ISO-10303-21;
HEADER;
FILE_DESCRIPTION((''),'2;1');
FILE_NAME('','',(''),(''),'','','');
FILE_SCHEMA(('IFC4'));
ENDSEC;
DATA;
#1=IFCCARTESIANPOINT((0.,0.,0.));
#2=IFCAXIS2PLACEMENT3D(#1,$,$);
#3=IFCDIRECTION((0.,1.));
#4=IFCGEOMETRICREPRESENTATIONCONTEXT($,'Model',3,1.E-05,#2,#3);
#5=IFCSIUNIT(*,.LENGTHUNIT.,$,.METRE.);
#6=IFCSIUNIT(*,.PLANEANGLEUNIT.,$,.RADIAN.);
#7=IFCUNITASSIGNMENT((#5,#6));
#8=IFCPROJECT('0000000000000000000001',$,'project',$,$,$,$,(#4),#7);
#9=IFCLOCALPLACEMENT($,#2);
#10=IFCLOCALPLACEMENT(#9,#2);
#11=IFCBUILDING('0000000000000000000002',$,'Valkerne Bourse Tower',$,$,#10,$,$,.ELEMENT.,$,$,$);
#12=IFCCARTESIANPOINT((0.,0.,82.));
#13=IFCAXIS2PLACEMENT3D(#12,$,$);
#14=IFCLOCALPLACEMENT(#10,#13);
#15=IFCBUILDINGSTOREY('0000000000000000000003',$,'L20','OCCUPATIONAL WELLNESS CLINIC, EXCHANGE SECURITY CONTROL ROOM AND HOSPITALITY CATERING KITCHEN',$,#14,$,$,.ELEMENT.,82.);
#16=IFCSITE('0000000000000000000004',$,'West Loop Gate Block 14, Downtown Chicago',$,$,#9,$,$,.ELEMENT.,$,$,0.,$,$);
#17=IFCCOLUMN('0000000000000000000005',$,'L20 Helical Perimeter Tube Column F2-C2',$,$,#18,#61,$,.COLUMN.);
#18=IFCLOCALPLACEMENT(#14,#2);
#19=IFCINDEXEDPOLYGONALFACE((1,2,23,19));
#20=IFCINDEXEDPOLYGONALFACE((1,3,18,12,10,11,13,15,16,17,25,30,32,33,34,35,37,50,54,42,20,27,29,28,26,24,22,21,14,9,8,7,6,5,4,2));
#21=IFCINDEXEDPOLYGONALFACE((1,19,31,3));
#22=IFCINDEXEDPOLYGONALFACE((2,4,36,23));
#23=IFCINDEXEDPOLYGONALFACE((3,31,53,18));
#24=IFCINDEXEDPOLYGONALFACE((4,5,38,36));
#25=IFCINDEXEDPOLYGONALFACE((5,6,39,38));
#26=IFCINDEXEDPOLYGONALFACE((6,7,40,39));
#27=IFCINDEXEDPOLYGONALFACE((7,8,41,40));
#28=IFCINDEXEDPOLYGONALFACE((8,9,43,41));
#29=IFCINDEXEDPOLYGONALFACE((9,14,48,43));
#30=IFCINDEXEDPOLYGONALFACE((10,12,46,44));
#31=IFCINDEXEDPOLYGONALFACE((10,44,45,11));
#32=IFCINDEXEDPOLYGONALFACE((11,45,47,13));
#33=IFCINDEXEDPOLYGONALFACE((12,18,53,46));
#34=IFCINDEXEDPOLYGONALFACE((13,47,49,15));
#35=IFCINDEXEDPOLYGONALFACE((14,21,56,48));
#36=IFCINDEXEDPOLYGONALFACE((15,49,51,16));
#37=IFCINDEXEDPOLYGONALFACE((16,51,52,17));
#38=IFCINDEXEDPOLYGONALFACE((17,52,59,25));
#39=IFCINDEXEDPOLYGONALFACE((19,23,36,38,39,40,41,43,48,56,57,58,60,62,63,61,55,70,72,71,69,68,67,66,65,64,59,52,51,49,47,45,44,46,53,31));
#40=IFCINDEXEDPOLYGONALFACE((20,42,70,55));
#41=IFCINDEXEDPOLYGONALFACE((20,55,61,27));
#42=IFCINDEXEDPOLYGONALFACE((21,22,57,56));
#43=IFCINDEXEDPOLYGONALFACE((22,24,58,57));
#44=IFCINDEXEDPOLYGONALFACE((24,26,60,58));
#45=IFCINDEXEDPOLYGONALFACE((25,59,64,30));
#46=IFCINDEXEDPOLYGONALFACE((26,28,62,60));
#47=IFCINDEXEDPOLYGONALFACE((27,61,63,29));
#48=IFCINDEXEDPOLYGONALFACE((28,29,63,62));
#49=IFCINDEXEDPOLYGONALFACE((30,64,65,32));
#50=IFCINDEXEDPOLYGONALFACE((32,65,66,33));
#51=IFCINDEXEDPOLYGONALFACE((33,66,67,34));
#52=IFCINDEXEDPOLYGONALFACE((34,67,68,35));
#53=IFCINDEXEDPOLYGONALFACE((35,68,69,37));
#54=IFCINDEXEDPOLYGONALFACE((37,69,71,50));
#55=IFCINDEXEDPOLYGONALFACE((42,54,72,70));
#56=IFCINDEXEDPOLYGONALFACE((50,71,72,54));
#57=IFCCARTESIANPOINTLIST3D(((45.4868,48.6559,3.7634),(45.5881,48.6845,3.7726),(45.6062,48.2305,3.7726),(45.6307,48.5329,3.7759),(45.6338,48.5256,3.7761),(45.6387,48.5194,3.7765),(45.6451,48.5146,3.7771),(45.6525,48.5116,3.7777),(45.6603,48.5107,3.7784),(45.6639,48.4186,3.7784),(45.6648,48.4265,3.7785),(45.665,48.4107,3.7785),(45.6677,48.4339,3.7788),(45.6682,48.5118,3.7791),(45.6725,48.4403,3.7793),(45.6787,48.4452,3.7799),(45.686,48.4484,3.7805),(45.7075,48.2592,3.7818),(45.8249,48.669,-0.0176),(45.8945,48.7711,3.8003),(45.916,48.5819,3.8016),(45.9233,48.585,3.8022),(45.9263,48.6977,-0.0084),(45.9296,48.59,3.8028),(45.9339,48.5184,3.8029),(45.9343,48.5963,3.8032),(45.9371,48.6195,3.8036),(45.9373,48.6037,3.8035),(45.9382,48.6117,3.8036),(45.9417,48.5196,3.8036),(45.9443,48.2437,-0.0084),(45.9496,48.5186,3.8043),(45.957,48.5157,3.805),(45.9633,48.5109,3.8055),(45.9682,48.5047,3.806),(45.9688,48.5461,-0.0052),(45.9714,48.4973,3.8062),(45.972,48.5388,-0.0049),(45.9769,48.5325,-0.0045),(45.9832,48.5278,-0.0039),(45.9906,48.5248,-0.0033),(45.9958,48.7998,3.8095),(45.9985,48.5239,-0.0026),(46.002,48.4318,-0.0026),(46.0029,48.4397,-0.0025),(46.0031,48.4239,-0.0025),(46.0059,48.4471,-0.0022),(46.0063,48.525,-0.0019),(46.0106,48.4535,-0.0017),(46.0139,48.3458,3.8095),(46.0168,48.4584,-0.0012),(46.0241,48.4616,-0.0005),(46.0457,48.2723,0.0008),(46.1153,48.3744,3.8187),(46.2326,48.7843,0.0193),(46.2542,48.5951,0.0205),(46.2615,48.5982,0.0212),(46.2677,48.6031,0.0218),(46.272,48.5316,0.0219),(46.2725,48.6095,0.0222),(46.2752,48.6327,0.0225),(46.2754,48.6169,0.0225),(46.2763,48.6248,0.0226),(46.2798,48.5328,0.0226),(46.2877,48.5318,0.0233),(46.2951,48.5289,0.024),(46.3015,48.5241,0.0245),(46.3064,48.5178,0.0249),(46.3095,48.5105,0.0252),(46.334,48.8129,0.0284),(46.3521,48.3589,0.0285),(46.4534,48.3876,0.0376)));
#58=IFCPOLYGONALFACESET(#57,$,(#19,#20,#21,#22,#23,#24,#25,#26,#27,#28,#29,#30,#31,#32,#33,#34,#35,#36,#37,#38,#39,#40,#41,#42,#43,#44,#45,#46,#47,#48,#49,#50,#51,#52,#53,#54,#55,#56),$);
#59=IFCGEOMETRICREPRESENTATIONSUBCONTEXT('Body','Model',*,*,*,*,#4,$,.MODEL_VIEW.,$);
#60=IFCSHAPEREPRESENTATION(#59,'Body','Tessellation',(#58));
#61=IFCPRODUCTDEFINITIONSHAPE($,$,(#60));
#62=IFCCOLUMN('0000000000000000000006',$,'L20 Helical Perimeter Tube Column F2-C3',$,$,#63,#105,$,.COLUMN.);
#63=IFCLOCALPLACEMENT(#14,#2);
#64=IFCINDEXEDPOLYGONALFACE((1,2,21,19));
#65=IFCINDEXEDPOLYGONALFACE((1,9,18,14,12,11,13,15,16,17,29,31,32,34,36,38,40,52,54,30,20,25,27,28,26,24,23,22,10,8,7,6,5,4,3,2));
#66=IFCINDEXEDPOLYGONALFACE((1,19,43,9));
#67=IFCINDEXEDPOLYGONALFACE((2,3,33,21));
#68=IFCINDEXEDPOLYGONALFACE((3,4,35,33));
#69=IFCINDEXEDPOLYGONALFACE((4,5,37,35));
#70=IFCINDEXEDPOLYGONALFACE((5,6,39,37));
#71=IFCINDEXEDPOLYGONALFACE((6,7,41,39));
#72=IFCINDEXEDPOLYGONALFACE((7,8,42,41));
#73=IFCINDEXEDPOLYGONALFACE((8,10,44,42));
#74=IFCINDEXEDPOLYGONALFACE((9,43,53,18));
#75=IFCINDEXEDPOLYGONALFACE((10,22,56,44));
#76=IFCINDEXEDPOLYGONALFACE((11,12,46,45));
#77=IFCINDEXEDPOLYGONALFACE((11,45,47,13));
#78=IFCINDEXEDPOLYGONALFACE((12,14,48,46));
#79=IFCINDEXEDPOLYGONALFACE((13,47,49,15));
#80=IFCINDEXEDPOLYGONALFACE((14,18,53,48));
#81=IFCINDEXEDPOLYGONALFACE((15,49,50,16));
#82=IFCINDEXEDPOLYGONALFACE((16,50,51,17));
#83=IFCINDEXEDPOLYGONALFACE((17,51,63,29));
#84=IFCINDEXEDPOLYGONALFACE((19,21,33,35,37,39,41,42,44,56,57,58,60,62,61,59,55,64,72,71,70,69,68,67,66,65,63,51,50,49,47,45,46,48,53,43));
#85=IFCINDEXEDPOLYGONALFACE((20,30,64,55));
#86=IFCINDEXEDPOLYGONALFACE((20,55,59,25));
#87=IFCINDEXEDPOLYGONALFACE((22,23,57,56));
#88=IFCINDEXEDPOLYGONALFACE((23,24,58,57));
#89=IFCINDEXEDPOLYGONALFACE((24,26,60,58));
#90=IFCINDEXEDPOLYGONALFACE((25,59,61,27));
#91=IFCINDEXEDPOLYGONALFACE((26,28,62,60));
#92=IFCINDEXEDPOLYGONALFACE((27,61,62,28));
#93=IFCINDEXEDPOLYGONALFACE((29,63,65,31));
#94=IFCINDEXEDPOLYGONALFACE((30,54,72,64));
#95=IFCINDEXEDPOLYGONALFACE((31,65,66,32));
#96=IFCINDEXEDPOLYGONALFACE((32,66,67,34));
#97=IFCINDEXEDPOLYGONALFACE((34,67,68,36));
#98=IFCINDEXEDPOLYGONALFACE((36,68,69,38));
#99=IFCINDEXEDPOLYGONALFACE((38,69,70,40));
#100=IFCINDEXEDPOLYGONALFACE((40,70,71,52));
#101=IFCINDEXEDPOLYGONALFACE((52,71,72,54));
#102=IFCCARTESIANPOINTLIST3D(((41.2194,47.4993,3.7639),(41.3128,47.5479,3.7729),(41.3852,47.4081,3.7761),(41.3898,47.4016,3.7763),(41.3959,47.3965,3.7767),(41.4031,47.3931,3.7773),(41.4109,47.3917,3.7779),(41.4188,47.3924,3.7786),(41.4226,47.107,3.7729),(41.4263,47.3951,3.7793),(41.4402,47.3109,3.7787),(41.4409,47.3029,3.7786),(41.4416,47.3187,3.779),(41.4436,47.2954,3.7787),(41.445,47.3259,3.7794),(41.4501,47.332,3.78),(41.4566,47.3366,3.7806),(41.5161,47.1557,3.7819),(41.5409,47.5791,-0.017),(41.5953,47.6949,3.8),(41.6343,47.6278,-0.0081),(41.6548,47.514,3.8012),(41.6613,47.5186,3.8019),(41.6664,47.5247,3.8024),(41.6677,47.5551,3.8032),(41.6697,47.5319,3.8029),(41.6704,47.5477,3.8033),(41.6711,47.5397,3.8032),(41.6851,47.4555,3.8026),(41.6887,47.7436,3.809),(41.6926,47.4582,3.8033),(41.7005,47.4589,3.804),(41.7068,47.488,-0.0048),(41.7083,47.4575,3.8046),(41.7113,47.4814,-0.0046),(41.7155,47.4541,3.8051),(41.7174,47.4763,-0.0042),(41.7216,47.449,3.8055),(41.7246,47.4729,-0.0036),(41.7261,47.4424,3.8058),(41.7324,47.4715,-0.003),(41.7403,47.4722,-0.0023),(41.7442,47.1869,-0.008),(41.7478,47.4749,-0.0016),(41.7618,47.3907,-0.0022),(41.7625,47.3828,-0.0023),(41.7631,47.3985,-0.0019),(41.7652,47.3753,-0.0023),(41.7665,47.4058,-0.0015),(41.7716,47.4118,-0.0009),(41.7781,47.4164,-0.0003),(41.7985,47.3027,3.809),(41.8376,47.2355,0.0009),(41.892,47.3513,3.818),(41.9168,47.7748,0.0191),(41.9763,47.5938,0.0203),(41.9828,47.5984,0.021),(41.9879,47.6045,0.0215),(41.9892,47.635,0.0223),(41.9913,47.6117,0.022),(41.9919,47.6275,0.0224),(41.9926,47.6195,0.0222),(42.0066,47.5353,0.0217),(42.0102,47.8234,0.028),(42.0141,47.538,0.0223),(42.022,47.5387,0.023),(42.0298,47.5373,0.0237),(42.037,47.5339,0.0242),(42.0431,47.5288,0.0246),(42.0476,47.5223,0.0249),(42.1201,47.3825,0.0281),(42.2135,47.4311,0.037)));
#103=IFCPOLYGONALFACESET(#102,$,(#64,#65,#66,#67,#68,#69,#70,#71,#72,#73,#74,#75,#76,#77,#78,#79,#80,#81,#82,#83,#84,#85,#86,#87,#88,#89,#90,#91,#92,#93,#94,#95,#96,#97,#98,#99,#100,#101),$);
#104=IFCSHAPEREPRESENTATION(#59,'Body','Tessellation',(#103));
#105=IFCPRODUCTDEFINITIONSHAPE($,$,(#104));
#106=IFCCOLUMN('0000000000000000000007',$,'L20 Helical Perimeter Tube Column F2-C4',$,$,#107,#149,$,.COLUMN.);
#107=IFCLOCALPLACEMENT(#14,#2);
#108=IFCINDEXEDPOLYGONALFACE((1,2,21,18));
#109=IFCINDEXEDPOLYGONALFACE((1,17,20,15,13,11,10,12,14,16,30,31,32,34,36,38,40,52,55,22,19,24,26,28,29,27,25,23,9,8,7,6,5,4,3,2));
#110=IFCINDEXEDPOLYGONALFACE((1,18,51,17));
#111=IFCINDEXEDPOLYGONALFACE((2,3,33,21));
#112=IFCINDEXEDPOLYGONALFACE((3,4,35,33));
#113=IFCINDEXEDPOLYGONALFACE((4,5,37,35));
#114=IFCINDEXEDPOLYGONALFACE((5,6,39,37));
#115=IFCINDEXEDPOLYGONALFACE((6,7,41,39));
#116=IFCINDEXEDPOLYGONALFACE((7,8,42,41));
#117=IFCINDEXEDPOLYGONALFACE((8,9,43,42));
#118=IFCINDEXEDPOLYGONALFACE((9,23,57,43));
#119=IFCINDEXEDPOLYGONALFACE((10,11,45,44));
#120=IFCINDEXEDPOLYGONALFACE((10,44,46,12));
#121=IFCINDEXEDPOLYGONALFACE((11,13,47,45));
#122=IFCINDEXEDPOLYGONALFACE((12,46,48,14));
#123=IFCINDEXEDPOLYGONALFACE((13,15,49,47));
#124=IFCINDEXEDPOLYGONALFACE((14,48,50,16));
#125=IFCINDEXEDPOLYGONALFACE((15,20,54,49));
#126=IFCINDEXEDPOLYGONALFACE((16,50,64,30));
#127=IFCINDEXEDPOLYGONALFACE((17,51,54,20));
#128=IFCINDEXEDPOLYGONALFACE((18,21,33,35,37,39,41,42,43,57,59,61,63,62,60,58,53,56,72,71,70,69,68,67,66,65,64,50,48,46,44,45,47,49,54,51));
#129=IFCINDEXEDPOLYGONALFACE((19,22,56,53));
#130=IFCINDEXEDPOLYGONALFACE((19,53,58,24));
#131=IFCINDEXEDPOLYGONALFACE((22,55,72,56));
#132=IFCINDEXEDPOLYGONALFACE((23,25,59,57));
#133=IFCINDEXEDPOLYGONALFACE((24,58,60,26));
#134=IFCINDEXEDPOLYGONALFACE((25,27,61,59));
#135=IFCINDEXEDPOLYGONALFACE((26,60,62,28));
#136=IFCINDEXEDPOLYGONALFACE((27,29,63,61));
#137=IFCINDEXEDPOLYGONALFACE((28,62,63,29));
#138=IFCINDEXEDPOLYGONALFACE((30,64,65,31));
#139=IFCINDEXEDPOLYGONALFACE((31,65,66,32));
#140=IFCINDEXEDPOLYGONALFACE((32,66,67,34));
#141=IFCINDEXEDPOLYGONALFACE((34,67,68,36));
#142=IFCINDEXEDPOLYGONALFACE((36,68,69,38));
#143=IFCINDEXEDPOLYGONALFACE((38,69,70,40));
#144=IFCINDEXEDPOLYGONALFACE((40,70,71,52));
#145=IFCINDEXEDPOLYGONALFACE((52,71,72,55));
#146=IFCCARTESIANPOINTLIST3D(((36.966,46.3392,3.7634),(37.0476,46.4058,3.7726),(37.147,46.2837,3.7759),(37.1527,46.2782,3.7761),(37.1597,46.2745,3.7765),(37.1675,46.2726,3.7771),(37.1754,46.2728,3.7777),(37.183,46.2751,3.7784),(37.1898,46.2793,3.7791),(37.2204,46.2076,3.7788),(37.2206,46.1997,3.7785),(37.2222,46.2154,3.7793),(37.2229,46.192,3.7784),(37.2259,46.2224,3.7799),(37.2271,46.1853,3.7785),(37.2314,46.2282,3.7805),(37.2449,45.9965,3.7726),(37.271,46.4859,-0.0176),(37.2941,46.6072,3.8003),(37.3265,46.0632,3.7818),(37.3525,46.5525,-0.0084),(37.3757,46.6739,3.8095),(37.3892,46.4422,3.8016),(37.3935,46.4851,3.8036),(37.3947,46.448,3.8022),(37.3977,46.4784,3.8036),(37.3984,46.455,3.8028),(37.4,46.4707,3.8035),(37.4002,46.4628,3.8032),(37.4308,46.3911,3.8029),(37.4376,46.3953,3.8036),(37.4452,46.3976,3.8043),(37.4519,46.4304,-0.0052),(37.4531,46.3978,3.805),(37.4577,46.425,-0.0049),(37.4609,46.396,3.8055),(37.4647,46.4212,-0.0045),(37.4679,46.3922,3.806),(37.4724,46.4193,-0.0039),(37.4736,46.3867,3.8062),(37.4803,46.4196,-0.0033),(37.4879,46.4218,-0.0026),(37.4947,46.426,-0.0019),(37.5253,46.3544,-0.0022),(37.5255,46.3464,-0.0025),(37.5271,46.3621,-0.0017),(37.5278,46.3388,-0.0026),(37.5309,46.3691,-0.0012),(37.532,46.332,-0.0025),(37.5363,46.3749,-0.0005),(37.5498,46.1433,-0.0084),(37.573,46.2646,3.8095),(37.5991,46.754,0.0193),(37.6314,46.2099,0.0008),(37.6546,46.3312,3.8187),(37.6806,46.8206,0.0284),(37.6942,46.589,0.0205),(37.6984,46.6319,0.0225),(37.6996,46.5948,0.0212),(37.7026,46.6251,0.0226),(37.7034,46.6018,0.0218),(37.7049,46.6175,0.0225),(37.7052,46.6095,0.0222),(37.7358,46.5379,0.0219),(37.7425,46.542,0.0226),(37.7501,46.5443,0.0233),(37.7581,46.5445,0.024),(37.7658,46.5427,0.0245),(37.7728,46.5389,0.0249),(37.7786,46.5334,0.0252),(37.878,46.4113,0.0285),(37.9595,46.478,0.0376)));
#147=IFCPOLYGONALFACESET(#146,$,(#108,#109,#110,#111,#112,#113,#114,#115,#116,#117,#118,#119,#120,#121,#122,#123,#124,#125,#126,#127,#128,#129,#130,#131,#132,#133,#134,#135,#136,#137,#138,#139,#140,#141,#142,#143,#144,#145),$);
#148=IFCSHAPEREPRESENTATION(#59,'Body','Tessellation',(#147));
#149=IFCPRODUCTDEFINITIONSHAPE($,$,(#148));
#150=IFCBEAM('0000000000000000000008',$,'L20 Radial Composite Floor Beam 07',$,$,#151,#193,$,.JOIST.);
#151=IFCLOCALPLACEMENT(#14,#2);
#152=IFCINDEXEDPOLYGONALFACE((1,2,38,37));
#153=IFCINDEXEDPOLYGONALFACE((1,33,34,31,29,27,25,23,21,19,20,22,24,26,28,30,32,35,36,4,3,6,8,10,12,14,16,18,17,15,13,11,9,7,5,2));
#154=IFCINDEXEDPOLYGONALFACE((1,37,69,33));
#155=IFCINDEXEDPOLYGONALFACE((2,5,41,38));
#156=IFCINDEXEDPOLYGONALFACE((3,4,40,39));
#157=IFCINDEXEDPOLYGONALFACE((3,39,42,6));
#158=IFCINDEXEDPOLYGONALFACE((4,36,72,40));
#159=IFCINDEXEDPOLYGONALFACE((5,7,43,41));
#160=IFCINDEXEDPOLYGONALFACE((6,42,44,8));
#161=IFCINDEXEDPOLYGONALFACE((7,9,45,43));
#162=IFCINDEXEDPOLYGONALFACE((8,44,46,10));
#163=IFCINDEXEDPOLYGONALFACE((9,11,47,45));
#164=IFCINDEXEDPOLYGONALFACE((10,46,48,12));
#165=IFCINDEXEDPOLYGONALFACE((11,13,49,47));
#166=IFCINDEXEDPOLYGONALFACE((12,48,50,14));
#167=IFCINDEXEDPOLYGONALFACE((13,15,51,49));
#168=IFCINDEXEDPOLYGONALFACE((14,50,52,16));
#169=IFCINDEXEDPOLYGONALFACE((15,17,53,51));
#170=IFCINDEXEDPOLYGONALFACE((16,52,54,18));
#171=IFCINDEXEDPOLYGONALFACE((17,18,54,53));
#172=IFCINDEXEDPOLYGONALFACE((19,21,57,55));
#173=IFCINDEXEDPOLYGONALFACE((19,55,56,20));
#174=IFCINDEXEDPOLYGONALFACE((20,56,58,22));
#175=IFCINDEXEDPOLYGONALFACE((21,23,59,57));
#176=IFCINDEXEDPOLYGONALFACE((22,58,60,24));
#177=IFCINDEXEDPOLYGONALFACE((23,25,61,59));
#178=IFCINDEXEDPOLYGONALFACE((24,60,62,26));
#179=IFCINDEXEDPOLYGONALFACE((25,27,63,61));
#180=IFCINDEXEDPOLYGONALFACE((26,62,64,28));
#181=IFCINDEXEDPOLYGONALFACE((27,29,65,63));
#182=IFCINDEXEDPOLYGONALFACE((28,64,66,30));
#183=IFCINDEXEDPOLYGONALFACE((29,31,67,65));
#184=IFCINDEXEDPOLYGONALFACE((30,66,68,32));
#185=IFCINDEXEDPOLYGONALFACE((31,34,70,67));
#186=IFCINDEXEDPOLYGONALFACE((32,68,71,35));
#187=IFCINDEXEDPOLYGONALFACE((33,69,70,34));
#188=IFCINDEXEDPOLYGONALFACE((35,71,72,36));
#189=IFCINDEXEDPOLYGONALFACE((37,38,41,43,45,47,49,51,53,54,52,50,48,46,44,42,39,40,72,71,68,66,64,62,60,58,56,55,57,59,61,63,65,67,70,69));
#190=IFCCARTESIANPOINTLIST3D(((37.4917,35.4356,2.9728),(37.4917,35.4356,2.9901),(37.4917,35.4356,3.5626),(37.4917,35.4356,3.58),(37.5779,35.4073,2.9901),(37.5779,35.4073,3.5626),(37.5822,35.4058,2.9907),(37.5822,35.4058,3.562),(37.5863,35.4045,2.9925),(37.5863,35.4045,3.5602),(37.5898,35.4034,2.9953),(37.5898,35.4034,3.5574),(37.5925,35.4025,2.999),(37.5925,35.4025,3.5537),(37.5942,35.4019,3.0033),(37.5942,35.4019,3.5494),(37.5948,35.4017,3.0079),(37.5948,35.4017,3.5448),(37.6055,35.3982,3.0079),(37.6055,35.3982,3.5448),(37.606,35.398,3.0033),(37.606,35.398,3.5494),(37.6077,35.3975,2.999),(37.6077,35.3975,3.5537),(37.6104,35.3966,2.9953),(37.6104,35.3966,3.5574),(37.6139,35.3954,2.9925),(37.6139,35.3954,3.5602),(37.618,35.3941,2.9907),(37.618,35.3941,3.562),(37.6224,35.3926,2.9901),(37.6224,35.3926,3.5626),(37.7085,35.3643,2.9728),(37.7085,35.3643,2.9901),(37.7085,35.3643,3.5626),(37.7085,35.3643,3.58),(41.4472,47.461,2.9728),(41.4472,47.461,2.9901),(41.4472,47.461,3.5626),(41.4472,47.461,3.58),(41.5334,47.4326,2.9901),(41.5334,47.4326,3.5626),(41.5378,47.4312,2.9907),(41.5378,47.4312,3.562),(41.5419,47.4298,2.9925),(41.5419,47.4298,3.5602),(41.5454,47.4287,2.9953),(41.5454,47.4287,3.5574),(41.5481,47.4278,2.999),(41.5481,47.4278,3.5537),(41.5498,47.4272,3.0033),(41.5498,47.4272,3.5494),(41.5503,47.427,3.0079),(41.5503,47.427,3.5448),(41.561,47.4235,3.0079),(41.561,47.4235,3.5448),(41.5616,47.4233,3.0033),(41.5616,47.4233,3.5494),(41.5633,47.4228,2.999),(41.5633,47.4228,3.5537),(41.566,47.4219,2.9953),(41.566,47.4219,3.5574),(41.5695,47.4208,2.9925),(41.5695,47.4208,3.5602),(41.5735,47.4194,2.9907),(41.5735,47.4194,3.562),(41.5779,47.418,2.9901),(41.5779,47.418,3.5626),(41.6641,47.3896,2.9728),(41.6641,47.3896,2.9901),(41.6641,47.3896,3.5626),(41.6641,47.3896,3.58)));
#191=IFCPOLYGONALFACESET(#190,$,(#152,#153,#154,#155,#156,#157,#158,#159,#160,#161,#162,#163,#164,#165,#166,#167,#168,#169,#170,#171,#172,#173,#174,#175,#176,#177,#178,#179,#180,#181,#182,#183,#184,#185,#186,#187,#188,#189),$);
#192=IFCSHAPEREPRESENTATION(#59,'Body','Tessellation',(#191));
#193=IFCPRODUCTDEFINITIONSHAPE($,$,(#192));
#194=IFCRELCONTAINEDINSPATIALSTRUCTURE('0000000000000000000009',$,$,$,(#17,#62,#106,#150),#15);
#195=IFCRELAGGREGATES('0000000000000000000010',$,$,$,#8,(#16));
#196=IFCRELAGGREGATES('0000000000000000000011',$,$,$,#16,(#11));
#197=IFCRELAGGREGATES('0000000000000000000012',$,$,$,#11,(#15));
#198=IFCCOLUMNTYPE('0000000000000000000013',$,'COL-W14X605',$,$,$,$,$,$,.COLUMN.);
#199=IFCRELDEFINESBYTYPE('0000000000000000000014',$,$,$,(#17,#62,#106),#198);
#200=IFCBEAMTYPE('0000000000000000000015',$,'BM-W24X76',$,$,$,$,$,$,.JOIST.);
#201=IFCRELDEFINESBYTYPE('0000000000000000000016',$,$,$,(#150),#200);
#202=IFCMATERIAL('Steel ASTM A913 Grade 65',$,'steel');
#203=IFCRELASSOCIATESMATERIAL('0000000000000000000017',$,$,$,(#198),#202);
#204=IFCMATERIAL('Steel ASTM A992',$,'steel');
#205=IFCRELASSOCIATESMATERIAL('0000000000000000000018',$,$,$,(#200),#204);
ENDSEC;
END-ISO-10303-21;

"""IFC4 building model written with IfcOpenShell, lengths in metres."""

from ifc_helpers import new_model, si_unit, direction, frame, origin, origin_2d, place, context, subcontext, project, spatial, i_section, extrude, material, material_profile, profile_set, type_object, element, save


model = new_model("IFC4")

# Units and contexts
model_context = context("Model", 3, precision=1e-05, world=origin(), true_north=direction((0.0, 1.0)))
body_context = subcontext(model_context, "Body", "Model", "MODEL_VIEW")
ifc_project = project(units=[si_unit("LENGTHUNIT", "METRE"), si_unit("PLANEANGLEUNIT", "RADIAN")], contexts=[model_context])

# Site, building, storey
site_placement = place(None, origin())
site = spatial("IfcSite", under=ifc_project, at=site_placement, Name="West Loop Gate Block 14, Downtown Chicago", CompositionType="ELEMENT", RefElevation=0.0)
building_placement = place(site_placement, origin())
building = spatial("IfcBuilding", under=site, at=building_placement, Name="Valkerne Bourse Tower", CompositionType="ELEMENT")
storey_placement = place(building_placement, frame((0.0, 0.0, 82.0)))
storey = spatial("IfcBuildingStorey", under=building, at=storey_placement, Name="L20", Description="OCCUPATIONAL WELLNESS CLINIC, EXCHANGE SECURITY CONTROL ROOM AND HOSPITALITY CATERING KITCHEN", CompositionType="ELEMENT", Elevation=82.0)

# Columns
ifc_material_1 = material(Name="Steel ASTM A913 Grade 65", Category="steel")
ifc_material_profile_1 = material_profile(ifc_material_1, i_section(OverallWidth=0.4419, OverallDepth=0.531, WebThickness=0.0659, FlangeThickness=0.1057, FilletRadius=0.0305, at=origin_2d()), Name="W14X605")
ifc_profile_set_1 = profile_set([ifc_material_profile_1], Name="Steel ASTM A913 Grade 65")
column_type = type_object("IfcColumnType", Name="COL-W14X605", PredefinedType="COLUMN", material=ifc_profile_set_1)
column_1_placement = place(storey_placement, frame((46.1392, 48.5283, 0.01), z_axis=(-0.089074, -0.003473, 0.996019), x_axis=(-0.270223, 0.962573, -0.02081)))
element("IfcColumn", 1, at=column_1_placement, inside=storey, type_object=column_type, Name="L20 Helical Perimeter Tube Column F2-C2", PredefinedType="COLUMN", context=body_context, shape_type="SweptSolid", body=[
    extrude(i_section(OverallWidth=0.4419, OverallDepth=0.531, WebThickness=0.0659, FlangeThickness=0.1057, FilletRadius=0.0305, at=origin_2d()), origin(), (0.0, 0.0, 1.0), 3.7961),
])
column_2_placement = place(storey_placement, frame((41.8772, 47.5051, 0.01), z_axis=(-0.084714, -0.021034, 0.996183), x_axis=(-0.460018, 0.887676, -0.020377)))
element("IfcColumn", 2, at=column_2_placement, inside=storey, type_object=column_type, Name="L20 Helical Perimeter Tube Column F2-C3", PredefinedType="COLUMN", context=body_context, shape_type="SweptSolid", body=[
    extrude(i_section(OverallWidth=0.4419, OverallDepth=0.531, WebThickness=0.0659, FlangeThickness=0.1057, FilletRadius=0.0305, at=origin_2d()), origin(), (0.0, 0.0, 1.0), 3.7954),
])
column_3_placement = place(storey_placement, frame((37.6152, 46.4819, 0.01), z_axis=(-0.080327, -0.038652, 0.996019), x_axis=(-0.63114, 0.77539, -0.02081)))
element("IfcColumn", 3, at=column_3_placement, inside=storey, type_object=column_type, Name="L20 Helical Perimeter Tube Column F2-C4", PredefinedType="COLUMN", context=body_context, shape_type="SweptSolid", body=[
    extrude(i_section(OverallWidth=0.4419, OverallDepth=0.531, WebThickness=0.0659, FlangeThickness=0.1057, FilletRadius=0.0305, at=origin_2d()), origin(), (0.0, 0.0, 1.0), 3.7961),
])

# Beam
ifc_material_2 = material(Name="Steel ASTM A992", Category="steel")
ifc_material_profile_2 = material_profile(ifc_material_2, i_section(OverallWidth=0.2283, OverallDepth=0.6072, WebThickness=0.0112, FlangeThickness=0.0173, FilletRadius=0.0178, at=origin_2d()), Name="W24X76")
ifc_profile_set_2 = profile_set([ifc_material_profile_2], Name="Steel ASTM A992")
beam_type_1 = type_object("IfcBeamType", Name="BM-W24X76", PredefinedType="JOIST", material=ifc_profile_set_2)
beam_1_placement = place(storey_placement, frame((41.5557, 47.4253, 3.2764), z_axis=(-0.312465, -0.949929, 0.0), x_axis=(0.949929, -0.312465, 0.0)))
element("IfcBeam", 4, at=beam_1_placement, inside=storey, type_object=beam_type_1, Name="L20 Radial Composite Floor Beam 07", PredefinedType="JOIST", context=body_context, shape_type="SweptSolid", body=[
    extrude(i_section(OverallWidth=0.2283, OverallDepth=0.6072, WebThickness=0.0112, FlangeThickness=0.0173, FilletRadius=0.0178, at=origin_2d()), origin(), (0.0, 0.0, 1.0), 12.6592),
])

save(model, "model.ifc")
